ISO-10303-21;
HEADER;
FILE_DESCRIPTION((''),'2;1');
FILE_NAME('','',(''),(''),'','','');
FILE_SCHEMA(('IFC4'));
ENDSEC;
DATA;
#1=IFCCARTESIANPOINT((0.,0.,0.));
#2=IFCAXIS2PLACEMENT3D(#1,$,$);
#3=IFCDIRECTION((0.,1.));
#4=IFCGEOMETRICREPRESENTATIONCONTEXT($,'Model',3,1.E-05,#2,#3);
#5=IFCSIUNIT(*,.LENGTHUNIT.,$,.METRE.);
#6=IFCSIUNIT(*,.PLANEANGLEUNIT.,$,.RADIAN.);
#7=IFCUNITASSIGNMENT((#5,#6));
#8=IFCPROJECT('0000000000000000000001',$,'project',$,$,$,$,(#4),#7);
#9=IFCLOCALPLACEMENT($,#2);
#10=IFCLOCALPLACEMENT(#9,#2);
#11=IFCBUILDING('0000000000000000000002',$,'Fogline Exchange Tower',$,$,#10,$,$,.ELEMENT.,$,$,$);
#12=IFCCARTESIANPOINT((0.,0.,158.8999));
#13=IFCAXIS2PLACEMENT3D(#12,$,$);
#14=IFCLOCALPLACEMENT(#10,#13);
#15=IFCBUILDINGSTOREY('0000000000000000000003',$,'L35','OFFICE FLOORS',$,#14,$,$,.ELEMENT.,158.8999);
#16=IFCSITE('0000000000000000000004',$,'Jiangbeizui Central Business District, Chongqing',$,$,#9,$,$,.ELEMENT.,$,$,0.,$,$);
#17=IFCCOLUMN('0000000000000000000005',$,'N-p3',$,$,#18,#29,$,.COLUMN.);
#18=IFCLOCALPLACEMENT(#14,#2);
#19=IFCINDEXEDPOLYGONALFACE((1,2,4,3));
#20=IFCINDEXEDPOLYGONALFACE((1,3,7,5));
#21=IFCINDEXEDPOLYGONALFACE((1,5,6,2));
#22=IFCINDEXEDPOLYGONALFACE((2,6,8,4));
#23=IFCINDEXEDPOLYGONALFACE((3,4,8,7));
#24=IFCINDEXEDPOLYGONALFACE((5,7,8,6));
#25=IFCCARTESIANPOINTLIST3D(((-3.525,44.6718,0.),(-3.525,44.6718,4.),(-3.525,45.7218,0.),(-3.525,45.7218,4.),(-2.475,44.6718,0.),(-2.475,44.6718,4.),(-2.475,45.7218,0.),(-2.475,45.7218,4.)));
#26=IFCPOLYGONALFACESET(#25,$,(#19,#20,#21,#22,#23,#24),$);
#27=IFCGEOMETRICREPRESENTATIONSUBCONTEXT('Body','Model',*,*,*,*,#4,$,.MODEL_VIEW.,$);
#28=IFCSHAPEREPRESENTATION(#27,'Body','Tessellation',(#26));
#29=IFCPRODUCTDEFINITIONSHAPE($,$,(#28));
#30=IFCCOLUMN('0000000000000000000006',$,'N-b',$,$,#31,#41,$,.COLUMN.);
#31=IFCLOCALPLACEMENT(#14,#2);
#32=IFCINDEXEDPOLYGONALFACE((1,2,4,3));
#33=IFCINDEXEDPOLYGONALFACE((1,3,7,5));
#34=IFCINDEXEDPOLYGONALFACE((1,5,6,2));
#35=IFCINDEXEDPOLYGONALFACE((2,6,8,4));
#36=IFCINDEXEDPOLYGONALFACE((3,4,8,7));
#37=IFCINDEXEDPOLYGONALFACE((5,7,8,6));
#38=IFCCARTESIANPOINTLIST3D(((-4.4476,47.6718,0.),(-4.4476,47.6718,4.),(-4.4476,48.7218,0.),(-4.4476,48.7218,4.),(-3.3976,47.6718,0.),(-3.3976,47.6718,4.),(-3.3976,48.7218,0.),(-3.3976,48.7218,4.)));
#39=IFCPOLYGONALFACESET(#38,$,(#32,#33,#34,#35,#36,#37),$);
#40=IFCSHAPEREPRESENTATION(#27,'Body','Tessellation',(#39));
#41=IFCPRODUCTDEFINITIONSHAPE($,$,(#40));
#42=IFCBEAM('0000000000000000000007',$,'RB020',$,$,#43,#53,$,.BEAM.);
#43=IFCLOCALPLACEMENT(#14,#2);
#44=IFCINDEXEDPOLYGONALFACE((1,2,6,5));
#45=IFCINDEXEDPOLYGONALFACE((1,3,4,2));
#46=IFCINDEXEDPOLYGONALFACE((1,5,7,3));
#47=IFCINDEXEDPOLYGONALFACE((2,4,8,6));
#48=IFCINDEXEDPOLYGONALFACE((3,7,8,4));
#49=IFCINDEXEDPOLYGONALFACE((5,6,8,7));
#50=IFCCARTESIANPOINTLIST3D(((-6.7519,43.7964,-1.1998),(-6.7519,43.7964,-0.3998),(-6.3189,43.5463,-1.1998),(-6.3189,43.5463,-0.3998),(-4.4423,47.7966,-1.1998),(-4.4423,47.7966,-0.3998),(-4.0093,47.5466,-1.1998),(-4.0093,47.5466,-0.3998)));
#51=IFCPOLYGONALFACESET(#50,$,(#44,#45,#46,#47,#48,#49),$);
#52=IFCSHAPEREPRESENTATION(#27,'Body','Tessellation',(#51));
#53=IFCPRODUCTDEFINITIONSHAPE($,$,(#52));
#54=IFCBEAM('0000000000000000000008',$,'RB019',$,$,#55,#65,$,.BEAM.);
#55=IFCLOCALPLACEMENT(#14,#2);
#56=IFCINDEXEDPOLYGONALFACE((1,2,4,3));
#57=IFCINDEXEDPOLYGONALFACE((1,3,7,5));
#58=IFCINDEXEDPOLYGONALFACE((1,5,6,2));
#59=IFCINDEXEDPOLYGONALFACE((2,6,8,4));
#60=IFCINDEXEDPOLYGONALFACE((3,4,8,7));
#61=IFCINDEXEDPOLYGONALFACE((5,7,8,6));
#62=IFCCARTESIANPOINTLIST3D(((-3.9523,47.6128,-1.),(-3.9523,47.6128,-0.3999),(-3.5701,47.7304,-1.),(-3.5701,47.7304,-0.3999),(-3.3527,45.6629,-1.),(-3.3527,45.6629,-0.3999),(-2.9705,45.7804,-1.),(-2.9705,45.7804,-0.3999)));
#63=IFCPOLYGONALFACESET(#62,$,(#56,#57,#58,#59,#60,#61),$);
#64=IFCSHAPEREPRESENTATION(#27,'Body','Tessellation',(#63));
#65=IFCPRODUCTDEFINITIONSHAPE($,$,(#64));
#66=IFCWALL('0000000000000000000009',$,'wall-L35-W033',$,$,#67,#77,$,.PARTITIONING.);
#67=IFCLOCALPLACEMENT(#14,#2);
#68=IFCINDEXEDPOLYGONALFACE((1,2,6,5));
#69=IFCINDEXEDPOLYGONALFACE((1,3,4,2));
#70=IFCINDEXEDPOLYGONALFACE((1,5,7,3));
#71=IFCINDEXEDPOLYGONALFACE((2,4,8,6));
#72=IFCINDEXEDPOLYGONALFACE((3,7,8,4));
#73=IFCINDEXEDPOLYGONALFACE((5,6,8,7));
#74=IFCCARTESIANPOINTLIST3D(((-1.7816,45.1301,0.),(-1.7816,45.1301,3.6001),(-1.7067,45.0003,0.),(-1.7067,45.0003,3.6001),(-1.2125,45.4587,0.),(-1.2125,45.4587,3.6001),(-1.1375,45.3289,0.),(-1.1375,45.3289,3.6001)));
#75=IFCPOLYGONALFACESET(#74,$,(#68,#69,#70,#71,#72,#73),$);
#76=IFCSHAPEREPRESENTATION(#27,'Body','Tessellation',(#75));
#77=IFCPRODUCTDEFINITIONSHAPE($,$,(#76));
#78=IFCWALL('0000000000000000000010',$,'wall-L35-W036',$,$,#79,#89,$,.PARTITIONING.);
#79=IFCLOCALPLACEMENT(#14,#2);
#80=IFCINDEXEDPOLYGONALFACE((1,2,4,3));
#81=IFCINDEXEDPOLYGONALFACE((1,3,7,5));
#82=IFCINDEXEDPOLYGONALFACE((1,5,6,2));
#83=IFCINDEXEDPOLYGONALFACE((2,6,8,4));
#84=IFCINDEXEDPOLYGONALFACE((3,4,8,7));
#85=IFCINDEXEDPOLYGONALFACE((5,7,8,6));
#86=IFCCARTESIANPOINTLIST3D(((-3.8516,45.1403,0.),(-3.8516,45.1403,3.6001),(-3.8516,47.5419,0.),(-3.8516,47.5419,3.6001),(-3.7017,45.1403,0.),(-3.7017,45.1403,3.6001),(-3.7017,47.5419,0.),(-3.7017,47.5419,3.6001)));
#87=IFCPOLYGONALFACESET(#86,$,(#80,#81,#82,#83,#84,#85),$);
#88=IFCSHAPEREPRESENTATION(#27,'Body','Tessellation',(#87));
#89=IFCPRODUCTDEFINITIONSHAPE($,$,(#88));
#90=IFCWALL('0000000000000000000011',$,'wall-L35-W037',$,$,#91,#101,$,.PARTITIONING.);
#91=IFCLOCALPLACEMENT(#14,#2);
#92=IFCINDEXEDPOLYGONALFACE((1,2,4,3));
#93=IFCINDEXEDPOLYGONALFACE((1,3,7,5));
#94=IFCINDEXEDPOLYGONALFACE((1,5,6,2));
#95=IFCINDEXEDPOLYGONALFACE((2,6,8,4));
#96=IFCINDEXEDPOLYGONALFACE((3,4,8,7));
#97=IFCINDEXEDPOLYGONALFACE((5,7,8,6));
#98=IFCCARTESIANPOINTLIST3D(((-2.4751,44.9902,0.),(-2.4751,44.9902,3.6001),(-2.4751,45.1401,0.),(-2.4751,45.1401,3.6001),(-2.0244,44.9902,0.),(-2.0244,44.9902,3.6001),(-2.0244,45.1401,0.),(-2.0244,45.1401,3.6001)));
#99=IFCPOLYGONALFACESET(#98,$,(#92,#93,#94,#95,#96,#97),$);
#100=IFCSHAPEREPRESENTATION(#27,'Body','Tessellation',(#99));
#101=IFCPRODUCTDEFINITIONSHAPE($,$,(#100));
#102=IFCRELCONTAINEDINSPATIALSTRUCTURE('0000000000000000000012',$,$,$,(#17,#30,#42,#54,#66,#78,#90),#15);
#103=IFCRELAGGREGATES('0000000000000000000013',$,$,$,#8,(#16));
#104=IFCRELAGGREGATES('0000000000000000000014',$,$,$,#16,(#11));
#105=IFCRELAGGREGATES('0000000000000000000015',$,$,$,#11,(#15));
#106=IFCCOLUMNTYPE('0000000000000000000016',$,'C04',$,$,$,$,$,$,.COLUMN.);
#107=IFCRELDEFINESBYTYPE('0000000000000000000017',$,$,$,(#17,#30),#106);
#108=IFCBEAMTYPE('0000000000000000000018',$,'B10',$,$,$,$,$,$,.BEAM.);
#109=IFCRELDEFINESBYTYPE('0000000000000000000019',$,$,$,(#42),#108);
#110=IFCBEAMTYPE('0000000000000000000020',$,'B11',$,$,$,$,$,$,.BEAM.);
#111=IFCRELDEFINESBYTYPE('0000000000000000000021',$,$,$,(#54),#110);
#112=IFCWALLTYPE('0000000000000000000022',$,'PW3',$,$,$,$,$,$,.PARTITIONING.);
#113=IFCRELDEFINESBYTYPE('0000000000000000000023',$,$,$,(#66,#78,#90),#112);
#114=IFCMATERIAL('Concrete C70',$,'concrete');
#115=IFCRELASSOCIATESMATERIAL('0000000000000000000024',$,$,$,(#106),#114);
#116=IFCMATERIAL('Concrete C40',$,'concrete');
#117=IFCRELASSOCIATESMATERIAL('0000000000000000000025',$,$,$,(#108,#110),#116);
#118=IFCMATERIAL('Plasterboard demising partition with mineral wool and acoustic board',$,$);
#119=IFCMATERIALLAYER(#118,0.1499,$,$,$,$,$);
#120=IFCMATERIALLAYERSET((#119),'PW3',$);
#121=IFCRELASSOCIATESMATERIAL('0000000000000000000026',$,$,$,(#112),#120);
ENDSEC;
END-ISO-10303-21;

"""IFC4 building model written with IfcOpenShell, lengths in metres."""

from ifc_helpers import new_model, si_unit, direction, frame, frame_2d, origin, origin_2d, place, context, subcontext, project, spatial, rectangle, extrude, material, layer, layer_set, material_profile, profile_set, type_object, element, save


model = new_model("IFC4")

# Units and contexts
model_context = context("Model", 3, precision=1e-05, world=origin(), true_north=direction((0.0, 1.0)))
body_context = subcontext(model_context, "Body", "Model", "MODEL_VIEW")
ifc_project = project(units=[si_unit("LENGTHUNIT", "METRE"), si_unit("PLANEANGLEUNIT", "RADIAN")], contexts=[model_context])

# Site, building, storey
site_placement = place(None, origin())
site = spatial("IfcSite", under=ifc_project, at=site_placement, Name="Jiangbeizui Central Business District, Chongqing", CompositionType="ELEMENT", RefElevation=0.0)
building_placement = place(site_placement, origin())
building = spatial("IfcBuilding", under=site, at=building_placement, Name="Fogline Exchange Tower", CompositionType="ELEMENT")
storey_placement = place(building_placement, frame((0.0, 0.0, 158.8999)))
storey = spatial("IfcBuildingStorey", under=building, at=storey_placement, Name="L35", Description="OFFICE FLOORS", CompositionType="ELEMENT", Elevation=158.8999)

# Columns
ifc_material_1 = material(Name="Concrete C70", Category="concrete")
ifc_material_profile_1 = material_profile(ifc_material_1, rectangle(XDim=1.05, YDim=1.05, at=origin_2d()), Name="RC 1050x1050")
ifc_profile_set_1 = profile_set([ifc_material_profile_1], Name="Concrete C70")
column_type = type_object("IfcColumnType", Name="C04", PredefinedType="COLUMN", material=ifc_profile_set_1)
for number, where, z_axis, x_axis, name in (
    (1, (-3.0, 45.1968, 0.0), (0.0, 0.0, 1.0), (1.0, 0.0, 0.0), "N-p3"),
    (2, (-3.9226, 48.1968, 0.0), (0.0, 0.0, 1.0), (1.0, 0.0, 0.0), "N-b"),
):
    element("IfcColumn", number, at=place(storey_placement, frame(where, z_axis=z_axis, x_axis=x_axis)), inside=storey, type_object=column_type, Name=name, PredefinedType="COLUMN", context=body_context, shape_type="SweptSolid", body=[
        extrude(rectangle(XDim=1.05, YDim=1.05, at=origin_2d()), origin(), (0.0, 0.0, 1.0), 4.0),
    ])

# Beams
ifc_material_2 = material(Name="Concrete C40", Category="concrete")
ifc_material_profile_2 = material_profile(ifc_material_2, rectangle(XDim=0.5, YDim=0.8, at=origin_2d()), Name="RC 500x800")
ifc_profile_set_2 = profile_set([ifc_material_profile_2], Name="Concrete C40")
beam_type_1 = type_object("IfcBeamType", Name="B10", PredefinedType="BEAM", material=ifc_profile_set_2)
beam_1_placement = place(storey_placement, frame((-4.2258, 47.6716, -0.7998), z_axis=(-0.500005, -0.866023, 0.0), x_axis=(0.866023, -0.500005, 0.0)))
element("IfcBeam", 3, at=beam_1_placement, inside=storey, type_object=beam_type_1, Name="RB020", PredefinedType="BEAM", context=body_context, shape_type="SweptSolid", body=[
    extrude(rectangle(XDim=0.5, YDim=0.8, at=origin_2d()), origin(), (0.0, 0.0, 1.0), 4.6191),
])
ifc_material_profile_3 = material_profile(ifc_material_2, rectangle(XDim=0.3999, YDim=0.6001, at=origin_2d()), Name="RC 400x600")
ifc_profile_set_3 = profile_set([ifc_material_profile_3], Name="Concrete C40")
beam_type_2 = type_object("IfcBeamType", Name="B11", PredefinedType="BEAM", material=ifc_profile_set_3)
beam_2_placement = place(storey_placement, frame((-3.1616, 45.7217, -0.7), z_axis=(-0.293918, 0.955831, 0.0), x_axis=(-0.955831, -0.293918, 0.0)))
element("IfcBeam", 4, at=beam_2_placement, inside=storey, type_object=beam_type_2, Name="RB019", PredefinedType="BEAM", context=body_context, shape_type="SweptSolid", body=[
    extrude(rectangle(XDim=0.3999, YDim=0.6001, at=origin_2d()), origin(), (0.0, 0.0, 1.0), 2.04),
])

# Walls
ifc_material_3 = material(Name="Plasterboard demising partition with mineral wool and acoustic board")
ifc_layer_1 = layer(ifc_material_3, 0.1499)
ifc_layer_set_1 = layer_set([ifc_layer_1], Name="PW3")
wall_type_1 = type_object("IfcWallType", Name="PW3", PredefinedType="PARTITIONING", material=ifc_layer_set_1)
wall_1_placement = place(storey_placement, frame((-1.7441, 45.0652, 0.0), z_axis=(0.0, 0.0, 1.0), x_axis=(0.865994, 0.500055, 0.0)))
element("IfcWall", 5, at=wall_1_placement, inside=storey, type_object=wall_type_1, Name="wall-L35-W033", PredefinedType="PARTITIONING", context=body_context, shape_type="SweptSolid", body=[
    extrude(rectangle(XDim=0.6572, YDim=0.1499, at=frame_2d((0.3286, 0.0))), origin(), (0.0, 0.0, 1.0), 3.6001),
])
wall_2_placement = place(storey_placement, frame((-3.7766, 47.5417, 0.0), z_axis=(0.0, 0.0, 1.0), x_axis=(0.0, -1.0, 0.0)))
element("IfcWall", 6, at=wall_2_placement, inside=storey, type_object=wall_type_1, Name="wall-L35-W036", PredefinedType="PARTITIONING", context=body_context, shape_type="SweptSolid", body=[
    extrude(rectangle(XDim=2.4016, YDim=0.1499, at=frame_2d((1.2007, 0.0))), origin(), (0.0, 0.0, 1.0), 3.6001),
])
wall_3_placement = place(storey_placement, frame((-2.4751, 45.0652, 0.0), z_axis=(0.0, 0.0, 1.0), x_axis=(1.0, 0.0, 0.0)))
element("IfcWall", 7, at=wall_3_placement, inside=storey, type_object=wall_type_1, Name="wall-L35-W037", PredefinedType="PARTITIONING", context=body_context, shape_type="SweptSolid", body=[
    extrude(rectangle(XDim=0.4507, YDim=0.1499, at=frame_2d((0.2253, 0.0))), origin(), (0.0, 0.0, 1.0), 3.6001),
])

save(model, "model.ifc")
